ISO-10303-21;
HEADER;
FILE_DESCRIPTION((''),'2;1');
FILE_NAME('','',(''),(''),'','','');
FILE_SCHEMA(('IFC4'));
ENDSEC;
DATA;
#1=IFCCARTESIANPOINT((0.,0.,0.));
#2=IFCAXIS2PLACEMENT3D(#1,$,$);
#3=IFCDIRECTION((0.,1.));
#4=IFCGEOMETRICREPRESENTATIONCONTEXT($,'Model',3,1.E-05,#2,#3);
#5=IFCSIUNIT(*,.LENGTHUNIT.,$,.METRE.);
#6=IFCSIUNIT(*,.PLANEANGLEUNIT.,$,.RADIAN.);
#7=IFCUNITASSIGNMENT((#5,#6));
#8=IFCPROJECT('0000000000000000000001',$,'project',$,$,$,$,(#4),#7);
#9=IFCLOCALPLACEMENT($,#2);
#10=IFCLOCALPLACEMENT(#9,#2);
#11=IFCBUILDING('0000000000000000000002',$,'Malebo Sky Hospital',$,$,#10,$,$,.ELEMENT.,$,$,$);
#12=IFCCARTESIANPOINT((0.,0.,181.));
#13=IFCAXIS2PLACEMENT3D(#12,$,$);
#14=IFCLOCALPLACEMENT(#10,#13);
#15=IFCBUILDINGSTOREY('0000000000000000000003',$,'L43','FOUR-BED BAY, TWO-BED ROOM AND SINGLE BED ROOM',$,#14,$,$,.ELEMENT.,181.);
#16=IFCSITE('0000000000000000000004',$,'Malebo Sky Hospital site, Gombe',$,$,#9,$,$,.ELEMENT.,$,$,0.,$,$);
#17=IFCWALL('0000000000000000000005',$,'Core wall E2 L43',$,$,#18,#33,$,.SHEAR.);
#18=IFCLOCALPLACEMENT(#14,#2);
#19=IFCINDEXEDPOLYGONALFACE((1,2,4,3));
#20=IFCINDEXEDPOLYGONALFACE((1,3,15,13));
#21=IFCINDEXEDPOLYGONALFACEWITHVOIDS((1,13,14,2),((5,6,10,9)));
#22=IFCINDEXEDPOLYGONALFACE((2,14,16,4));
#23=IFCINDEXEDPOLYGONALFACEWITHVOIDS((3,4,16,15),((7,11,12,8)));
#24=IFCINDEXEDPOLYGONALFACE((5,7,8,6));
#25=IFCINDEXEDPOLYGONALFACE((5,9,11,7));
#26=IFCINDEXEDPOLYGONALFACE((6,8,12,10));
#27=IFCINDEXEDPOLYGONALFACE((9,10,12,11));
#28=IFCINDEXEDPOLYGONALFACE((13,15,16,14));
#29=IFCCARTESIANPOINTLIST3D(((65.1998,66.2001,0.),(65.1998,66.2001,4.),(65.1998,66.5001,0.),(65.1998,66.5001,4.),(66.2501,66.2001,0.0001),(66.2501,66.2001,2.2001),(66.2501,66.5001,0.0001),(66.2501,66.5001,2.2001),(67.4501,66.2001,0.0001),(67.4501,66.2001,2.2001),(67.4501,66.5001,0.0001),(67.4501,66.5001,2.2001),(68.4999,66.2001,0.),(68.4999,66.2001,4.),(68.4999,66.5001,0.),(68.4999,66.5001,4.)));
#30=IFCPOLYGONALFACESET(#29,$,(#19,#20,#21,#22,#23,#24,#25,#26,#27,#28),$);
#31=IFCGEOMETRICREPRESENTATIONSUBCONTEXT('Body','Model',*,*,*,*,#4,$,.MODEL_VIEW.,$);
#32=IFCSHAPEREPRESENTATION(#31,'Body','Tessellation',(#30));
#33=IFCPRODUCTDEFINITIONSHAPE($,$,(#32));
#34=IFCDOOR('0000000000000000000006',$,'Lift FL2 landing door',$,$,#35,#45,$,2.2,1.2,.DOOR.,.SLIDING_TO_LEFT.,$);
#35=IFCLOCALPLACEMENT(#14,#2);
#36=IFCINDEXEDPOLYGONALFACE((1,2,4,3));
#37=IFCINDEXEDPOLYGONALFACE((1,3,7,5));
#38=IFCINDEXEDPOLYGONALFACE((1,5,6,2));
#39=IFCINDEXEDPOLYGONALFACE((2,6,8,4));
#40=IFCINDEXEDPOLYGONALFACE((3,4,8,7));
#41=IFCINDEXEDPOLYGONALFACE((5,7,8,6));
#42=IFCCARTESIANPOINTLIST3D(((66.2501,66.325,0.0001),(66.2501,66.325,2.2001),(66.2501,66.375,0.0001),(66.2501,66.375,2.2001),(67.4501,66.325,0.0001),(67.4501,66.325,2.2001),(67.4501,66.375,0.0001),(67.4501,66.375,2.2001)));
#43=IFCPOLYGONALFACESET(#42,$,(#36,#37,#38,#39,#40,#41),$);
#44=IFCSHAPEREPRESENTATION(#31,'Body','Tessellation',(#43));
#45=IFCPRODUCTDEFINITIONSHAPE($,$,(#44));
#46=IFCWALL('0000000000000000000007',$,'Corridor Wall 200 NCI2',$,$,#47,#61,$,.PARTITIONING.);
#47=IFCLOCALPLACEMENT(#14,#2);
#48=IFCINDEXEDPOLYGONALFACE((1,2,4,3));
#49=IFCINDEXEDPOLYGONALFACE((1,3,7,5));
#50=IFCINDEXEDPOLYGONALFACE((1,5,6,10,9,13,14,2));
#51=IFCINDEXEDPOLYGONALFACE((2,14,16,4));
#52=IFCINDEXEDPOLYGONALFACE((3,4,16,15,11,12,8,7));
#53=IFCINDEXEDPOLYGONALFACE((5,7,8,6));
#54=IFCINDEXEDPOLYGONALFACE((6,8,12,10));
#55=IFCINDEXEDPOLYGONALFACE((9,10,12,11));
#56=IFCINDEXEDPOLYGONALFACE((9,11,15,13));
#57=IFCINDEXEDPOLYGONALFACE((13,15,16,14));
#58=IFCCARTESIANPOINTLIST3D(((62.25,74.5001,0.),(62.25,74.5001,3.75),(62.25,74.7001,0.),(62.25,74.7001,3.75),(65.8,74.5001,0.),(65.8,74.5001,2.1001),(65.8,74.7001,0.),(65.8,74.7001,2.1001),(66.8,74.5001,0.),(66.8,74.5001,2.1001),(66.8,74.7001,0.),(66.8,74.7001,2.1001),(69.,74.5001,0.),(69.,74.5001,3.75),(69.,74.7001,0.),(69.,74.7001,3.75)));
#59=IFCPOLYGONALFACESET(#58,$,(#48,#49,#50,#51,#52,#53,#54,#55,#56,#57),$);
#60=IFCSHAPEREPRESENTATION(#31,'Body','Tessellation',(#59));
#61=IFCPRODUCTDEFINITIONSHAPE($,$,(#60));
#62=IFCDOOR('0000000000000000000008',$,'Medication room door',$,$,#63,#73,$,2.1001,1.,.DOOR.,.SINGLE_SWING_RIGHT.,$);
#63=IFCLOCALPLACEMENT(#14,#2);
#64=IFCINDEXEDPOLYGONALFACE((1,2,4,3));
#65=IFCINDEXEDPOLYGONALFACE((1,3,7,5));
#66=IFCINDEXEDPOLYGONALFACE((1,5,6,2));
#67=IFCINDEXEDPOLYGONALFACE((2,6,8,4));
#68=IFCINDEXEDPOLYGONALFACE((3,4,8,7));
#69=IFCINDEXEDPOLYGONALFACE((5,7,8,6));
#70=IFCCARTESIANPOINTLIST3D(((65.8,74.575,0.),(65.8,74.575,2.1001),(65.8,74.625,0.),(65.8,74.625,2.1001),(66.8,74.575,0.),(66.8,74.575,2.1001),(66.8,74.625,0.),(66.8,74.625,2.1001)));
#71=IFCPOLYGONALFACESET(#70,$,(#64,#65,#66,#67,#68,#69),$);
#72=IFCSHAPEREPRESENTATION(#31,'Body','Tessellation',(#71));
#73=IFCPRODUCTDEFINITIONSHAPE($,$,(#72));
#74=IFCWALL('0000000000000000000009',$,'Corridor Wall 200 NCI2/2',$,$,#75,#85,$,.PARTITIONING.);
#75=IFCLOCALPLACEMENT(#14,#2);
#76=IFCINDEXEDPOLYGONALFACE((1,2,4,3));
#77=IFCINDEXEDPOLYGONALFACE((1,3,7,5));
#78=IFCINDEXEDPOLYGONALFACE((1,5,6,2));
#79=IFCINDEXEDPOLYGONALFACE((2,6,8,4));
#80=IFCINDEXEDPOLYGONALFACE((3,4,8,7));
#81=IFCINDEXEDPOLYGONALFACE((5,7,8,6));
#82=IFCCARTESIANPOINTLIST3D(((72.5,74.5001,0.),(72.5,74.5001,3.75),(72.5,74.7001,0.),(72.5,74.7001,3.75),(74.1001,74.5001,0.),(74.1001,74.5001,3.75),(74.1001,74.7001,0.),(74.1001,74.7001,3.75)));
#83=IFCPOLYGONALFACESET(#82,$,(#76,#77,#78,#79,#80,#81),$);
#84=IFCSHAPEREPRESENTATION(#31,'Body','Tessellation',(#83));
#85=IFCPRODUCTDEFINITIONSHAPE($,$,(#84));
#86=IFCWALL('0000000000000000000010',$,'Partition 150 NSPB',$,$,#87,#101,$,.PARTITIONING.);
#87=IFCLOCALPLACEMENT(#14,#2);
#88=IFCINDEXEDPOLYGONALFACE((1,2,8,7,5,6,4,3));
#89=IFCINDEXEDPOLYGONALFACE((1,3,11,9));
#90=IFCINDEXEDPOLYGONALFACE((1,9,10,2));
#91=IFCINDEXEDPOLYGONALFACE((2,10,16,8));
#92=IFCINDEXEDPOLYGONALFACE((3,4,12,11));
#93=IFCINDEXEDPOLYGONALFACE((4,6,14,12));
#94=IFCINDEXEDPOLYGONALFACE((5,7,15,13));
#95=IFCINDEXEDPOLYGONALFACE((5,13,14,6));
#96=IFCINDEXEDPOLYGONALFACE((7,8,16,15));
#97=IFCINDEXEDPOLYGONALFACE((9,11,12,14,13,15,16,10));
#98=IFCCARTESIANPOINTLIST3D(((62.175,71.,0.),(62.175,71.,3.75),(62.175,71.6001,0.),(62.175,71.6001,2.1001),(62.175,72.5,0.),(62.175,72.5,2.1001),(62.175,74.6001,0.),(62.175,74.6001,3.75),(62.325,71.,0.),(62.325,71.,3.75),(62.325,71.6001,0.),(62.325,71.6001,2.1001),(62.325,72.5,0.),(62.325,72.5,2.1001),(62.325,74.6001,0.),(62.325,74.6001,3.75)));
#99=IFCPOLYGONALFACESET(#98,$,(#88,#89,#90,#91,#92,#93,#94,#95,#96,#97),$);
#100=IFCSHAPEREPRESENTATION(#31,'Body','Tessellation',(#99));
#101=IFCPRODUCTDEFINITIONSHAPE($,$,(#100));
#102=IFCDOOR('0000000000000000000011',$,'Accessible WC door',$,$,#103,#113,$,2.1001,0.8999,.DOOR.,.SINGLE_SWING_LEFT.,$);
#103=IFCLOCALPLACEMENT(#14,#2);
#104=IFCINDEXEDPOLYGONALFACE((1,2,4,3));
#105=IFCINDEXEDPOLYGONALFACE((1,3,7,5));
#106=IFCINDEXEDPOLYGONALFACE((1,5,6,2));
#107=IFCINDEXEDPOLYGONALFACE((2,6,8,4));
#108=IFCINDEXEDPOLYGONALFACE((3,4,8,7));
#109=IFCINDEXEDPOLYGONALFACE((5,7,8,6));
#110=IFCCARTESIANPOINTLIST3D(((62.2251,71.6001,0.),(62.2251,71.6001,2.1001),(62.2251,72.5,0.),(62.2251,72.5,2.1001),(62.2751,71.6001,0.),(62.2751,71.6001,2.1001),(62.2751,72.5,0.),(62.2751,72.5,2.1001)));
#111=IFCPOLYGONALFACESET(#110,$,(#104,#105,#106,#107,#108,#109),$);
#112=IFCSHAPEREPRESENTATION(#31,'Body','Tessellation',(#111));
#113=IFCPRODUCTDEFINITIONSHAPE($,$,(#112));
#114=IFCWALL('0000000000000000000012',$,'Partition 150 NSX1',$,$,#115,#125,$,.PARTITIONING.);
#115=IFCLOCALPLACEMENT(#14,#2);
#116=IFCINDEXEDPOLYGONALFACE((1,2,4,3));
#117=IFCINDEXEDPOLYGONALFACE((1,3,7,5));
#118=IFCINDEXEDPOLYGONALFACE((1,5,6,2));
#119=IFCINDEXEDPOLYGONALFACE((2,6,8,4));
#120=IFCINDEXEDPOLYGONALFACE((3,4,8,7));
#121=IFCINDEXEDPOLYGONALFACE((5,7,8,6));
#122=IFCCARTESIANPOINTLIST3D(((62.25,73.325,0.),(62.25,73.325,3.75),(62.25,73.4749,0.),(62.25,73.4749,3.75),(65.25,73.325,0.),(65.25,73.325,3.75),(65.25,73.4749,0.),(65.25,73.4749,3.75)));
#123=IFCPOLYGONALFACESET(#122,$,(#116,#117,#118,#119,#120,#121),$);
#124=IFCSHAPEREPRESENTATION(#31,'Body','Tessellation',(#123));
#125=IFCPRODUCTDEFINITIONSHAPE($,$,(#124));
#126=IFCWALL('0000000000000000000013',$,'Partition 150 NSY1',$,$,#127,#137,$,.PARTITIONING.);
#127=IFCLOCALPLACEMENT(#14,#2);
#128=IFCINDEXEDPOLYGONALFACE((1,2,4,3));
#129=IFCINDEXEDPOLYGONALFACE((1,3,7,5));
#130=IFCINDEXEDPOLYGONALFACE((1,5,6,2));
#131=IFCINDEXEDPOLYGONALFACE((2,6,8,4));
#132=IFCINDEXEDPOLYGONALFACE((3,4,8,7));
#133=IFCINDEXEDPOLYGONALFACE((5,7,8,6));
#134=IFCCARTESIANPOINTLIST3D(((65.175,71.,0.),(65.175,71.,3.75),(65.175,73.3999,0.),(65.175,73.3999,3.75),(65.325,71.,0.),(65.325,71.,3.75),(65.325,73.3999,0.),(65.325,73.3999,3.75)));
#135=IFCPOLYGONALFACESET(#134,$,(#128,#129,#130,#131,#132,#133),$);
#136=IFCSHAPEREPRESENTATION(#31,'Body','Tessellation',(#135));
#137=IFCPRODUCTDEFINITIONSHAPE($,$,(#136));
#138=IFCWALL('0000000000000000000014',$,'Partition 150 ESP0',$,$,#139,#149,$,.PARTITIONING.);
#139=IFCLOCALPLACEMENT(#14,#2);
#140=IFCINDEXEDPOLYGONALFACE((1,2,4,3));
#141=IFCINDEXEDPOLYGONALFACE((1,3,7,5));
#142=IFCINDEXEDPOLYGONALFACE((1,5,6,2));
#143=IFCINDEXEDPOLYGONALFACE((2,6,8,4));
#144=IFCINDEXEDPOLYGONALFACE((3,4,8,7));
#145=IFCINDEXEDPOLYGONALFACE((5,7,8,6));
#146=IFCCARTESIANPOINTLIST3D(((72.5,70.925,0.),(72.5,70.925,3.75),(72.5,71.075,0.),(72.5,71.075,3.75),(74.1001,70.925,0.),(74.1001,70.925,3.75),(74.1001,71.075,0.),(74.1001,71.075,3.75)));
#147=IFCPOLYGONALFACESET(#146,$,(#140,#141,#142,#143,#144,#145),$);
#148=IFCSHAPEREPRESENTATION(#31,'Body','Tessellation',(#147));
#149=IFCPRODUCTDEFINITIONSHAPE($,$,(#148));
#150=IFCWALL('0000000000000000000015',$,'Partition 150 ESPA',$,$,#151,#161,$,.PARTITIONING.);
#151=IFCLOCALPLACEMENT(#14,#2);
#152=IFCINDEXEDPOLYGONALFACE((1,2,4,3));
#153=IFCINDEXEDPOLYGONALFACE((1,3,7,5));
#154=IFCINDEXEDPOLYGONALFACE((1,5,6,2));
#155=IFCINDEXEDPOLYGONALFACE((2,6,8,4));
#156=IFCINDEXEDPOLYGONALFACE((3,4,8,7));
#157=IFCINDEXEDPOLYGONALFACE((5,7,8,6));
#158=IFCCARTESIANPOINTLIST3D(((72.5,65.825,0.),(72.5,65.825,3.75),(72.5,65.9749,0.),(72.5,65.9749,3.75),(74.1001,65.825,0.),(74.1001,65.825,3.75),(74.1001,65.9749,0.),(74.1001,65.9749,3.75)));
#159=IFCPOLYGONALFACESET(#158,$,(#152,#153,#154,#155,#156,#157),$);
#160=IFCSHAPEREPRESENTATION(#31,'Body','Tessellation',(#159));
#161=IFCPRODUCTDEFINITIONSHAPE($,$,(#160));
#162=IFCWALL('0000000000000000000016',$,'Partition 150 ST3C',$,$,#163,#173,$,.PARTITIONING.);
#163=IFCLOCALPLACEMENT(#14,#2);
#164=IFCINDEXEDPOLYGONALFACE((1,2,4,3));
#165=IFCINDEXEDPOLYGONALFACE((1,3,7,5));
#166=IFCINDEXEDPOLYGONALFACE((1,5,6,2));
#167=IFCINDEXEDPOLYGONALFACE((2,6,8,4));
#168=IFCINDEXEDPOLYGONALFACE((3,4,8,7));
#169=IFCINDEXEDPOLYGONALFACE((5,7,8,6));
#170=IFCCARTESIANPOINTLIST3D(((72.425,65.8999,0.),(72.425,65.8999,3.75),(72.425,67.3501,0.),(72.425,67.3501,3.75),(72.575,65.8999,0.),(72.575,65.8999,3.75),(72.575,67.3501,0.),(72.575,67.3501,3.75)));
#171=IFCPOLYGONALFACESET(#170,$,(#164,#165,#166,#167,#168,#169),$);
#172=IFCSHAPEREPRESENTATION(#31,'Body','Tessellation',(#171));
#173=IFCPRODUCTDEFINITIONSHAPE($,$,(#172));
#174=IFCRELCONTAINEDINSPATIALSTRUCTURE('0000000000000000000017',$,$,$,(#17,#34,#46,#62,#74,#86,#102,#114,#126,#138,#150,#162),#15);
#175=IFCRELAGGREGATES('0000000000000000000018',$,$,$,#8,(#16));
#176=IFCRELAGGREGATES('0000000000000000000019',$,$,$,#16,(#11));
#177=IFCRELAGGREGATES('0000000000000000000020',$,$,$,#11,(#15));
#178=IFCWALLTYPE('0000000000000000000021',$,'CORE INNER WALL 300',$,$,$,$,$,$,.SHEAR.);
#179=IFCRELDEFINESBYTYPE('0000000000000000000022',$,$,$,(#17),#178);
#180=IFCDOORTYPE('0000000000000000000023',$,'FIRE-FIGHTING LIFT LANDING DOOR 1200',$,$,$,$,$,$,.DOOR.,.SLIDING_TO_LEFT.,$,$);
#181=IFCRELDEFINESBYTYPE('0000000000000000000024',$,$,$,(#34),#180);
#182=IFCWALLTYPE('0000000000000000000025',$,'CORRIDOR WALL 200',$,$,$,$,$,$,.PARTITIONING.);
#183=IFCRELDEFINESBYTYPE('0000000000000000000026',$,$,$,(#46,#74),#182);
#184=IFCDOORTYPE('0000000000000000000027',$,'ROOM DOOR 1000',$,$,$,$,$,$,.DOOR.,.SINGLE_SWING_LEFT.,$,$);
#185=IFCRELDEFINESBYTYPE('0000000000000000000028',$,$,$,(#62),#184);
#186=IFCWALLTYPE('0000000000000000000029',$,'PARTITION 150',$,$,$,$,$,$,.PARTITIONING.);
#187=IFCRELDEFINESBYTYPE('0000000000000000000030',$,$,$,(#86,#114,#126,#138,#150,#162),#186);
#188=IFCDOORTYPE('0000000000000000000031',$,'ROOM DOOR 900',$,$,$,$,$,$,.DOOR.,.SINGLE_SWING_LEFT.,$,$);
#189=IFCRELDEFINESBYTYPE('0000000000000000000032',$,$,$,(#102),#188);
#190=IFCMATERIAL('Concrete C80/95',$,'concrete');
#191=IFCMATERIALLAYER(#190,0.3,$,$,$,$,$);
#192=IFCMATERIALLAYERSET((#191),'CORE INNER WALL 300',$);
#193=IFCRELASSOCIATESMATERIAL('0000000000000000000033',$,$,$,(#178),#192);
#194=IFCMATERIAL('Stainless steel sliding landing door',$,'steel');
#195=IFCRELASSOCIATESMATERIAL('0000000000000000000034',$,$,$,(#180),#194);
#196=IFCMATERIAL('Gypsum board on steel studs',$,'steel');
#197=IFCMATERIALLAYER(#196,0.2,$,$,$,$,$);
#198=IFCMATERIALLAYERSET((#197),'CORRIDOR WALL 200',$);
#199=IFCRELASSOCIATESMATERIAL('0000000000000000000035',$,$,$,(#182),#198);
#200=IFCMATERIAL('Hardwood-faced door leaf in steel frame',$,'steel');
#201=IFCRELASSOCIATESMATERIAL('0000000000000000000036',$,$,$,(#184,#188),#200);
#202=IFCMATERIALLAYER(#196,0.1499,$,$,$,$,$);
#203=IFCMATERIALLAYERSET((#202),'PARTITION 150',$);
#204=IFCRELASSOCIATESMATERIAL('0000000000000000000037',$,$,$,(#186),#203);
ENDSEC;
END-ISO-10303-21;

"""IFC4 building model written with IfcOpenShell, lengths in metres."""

from ifc_helpers import new_model, si_unit, direction, frame, frame_2d, origin, place, context, subcontext, project, spatial, rectangle, extrude, material, layer, layer_set, type_object, element, fill, save


model = new_model("IFC4")

# Units and contexts
model_context = context("Model", 3, precision=1e-05, world=origin(), true_north=direction((0.0, 1.0)))
body_context = subcontext(model_context, "Body", "Model", "MODEL_VIEW")
ifc_project = project(units=[si_unit("LENGTHUNIT", "METRE"), si_unit("PLANEANGLEUNIT", "RADIAN")], contexts=[model_context])

# Site, building, storey
site_placement = place(None, origin())
site = spatial("IfcSite", under=ifc_project, at=site_placement, Name="Malebo Sky Hospital site, Gombe", CompositionType="ELEMENT", RefElevation=0.0)
building_placement = place(site_placement, origin())
building = spatial("IfcBuilding", under=site, at=building_placement, Name="Malebo Sky Hospital", CompositionType="ELEMENT")
storey_placement = place(building_placement, frame((0.0, 0.0, 181.0)))
storey = spatial("IfcBuildingStorey", under=building, at=storey_placement, Name="L43", Description="FOUR-BED BAY, TWO-BED ROOM AND SINGLE BED ROOM", CompositionType="ELEMENT", Elevation=181.0)

# Shared definitions
ifc_material_1 = material(Name="Concrete C80/95", Category="concrete")

# Walls, openings, doors
ifc_layer_1 = layer(ifc_material_1, 0.3)
ifc_layer_set_1 = layer_set([ifc_layer_1], Name="CORE INNER WALL 300")
wall_type_1 = type_object("IfcWallType", Name="CORE INNER WALL 300", PredefinedType="SHEAR", material=ifc_layer_set_1)
wall_1_placement = place(storey_placement, frame((65.2, 66.3501, 0.0), z_axis=(0.0, 0.0, 1.0), x_axis=(1.0, 0.0, 0.0)))
wall_1 = element("IfcWall", 1, at=wall_1_placement, inside=storey, type_object=wall_type_1, Name="Core wall E2 L43", PredefinedType="SHEAR", context=body_context, shape_type="SweptSolid", body=[
    extrude(rectangle(XDim=3.3, YDim=0.3, at=frame_2d((1.6499, 0.0))), origin(), (0.0, 0.0, 1.0), 4.0),
])
opening_1_placement = place(wall_1_placement, frame((1.05, 0.0, 0.0)))
opening_1 = element("IfcOpeningElement", 2, at=opening_1_placement, cuts=wall_1, PredefinedType="OPENING", context=body_context, shape_type="SweptSolid", body=[
    extrude(rectangle(XDim=1.2, YDim=2.2, at=frame_2d((0.6001, 1.1001))), frame((0.0, 0.1599, 0.0), z_axis=(0.0, -1.0, 0.0), x_axis=(1.0, 0.0, 0.0)), (0.0, 0.0, 1.0), 0.3201),
])
ifc_material_2 = material(Name="Stainless steel sliding landing door", Category="steel")
door_type_1 = type_object("IfcDoorType", Name="FIRE-FIGHTING LIFT LANDING DOOR 1200", OperationType="SLIDING_TO_LEFT", PredefinedType="DOOR", material=ifc_material_2)
door_1_placement = place(opening_1_placement, origin())
door_1 = element("IfcDoor", 3, at=door_1_placement, inside=storey, type_object=door_type_1, Name="Lift FL2 landing door", OperationType="SLIDING_TO_LEFT", OverallHeight=2.2, OverallWidth=1.2, PredefinedType="DOOR", context=body_context, shape_type="SweptSolid", body=[
    extrude(rectangle(XDim=1.2, YDim=2.2, at=frame_2d((0.6001, 1.1001))), frame((0.0, 0.0249, 0.0), z_axis=(0.0, -1.0, 0.0), x_axis=(1.0, 0.0, 0.0)), (0.0, 0.0, 1.0), 0.05),
])
fill(opening_1, door_1)
ifc_material_3 = material(Name="Gypsum board on steel studs", Category="steel")
ifc_layer_2 = layer(ifc_material_3, 0.2)
ifc_layer_set_2 = layer_set([ifc_layer_2], Name="CORRIDOR WALL 200")
wall_type_2 = type_object("IfcWallType", Name="CORRIDOR WALL 200", PredefinedType="PARTITIONING", material=ifc_layer_set_2)
wall_2_placement = place(storey_placement, frame((62.25, 74.6001, 0.0), z_axis=(0.0, 0.0, 1.0), x_axis=(1.0, 0.0, 0.0)))
wall_2 = element("IfcWall", 4, at=wall_2_placement, inside=storey, type_object=wall_type_2, Name="Corridor Wall 200 NCI2", PredefinedType="PARTITIONING", context=body_context, shape_type="SweptSolid", body=[
    extrude(rectangle(XDim=6.75, YDim=0.2, at=frame_2d((3.375, 0.0))), origin(), (0.0, 0.0, 1.0), 3.75),
])
opening_2_placement = place(wall_2_placement, frame((3.55, 0.0, 0.0)))
opening_2 = element("IfcOpeningElement", 5, at=opening_2_placement, cuts=wall_2, PredefinedType="OPENING", context=body_context, shape_type="SweptSolid", body=[
    extrude(rectangle(XDim=1.0, YDim=2.1001, at=frame_2d((0.5, 1.05))), frame((0.0, 0.1099, 0.0), z_axis=(0.0, -1.0, 0.0), x_axis=(1.0, 0.0, 0.0)), (0.0, 0.0, 1.0), 0.22),
])
ifc_material_4 = material(Name="Hardwood-faced door leaf in steel frame", Category="steel")
door_type_2 = type_object("IfcDoorType", Name="ROOM DOOR 1000", OperationType="SINGLE_SWING_LEFT", PredefinedType="DOOR", material=ifc_material_4)
door_2_placement = place(opening_2_placement, origin())
door_2 = element("IfcDoor", 6, at=door_2_placement, inside=storey, type_object=door_type_2, Name="Medication room door", OperationType="SINGLE_SWING_RIGHT", OverallHeight=2.1001, OverallWidth=1.0, PredefinedType="DOOR", context=body_context, shape_type="SweptSolid", body=[
    extrude(rectangle(XDim=1.0, YDim=2.1001, at=frame_2d((0.5, 1.05))), frame((0.0, 0.0249, 0.0), z_axis=(0.0, -1.0, 0.0), x_axis=(1.0, 0.0, 0.0)), (0.0, 0.0, 1.0), 0.05),
])
fill(opening_2, door_2)

# Wall
wall_3_placement = place(storey_placement, frame((72.5, 74.6001, 0.0), z_axis=(0.0, 0.0, 1.0), x_axis=(1.0, 0.0, 0.0)))
element("IfcWall", 7, at=wall_3_placement, inside=storey, type_object=wall_type_2, Name="Corridor Wall 200 NCI2/2", PredefinedType="PARTITIONING", context=body_context, shape_type="SweptSolid", body=[
    extrude(rectangle(XDim=1.6001, YDim=0.2, at=frame_2d((0.8, 0.0))), origin(), (0.0, 0.0, 1.0), 3.75),
])

# Wall, opening, door
ifc_layer_3 = layer(ifc_material_3, 0.1499)
ifc_layer_set_3 = layer_set([ifc_layer_3], Name="PARTITION 150")
wall_type_3 = type_object("IfcWallType", Name="PARTITION 150", PredefinedType="PARTITIONING", material=ifc_layer_set_3)
wall_4_placement = place(storey_placement, frame((62.25, 71.0, 0.0), z_axis=(0.0, 0.0, 1.0), x_axis=(0.0, 1.0, 0.0)))
wall_4 = element("IfcWall", 8, at=wall_4_placement, inside=storey, type_object=wall_type_3, Name="Partition 150 NSPB", PredefinedType="PARTITIONING", context=body_context, shape_type="SweptSolid", body=[
    extrude(rectangle(XDim=3.6001, YDim=0.1499, at=frame_2d((1.8, 0.0))), origin(), (0.0, 0.0, 1.0), 3.75),
])
opening_3_placement = place(wall_4_placement, frame((0.6001, 0.0, 0.0)))
opening_3 = element("IfcOpeningElement", 9, at=opening_3_placement, cuts=wall_4, PredefinedType="OPENING", context=body_context, shape_type="SweptSolid", body=[
    extrude(rectangle(XDim=0.8999, YDim=2.1001, at=frame_2d((0.45, 1.05))), frame((0.0, 0.085, 0.0), z_axis=(0.0, -1.0, 0.0), x_axis=(1.0, 0.0, 0.0)), (0.0, 0.0, 1.0), 0.1699),
])
door_type_3 = type_object("IfcDoorType", Name="ROOM DOOR 900", OperationType="SINGLE_SWING_LEFT", PredefinedType="DOOR", material=ifc_material_4)
door_3_placement = place(opening_3_placement, origin())
door_3 = element("IfcDoor", 10, at=door_3_placement, inside=storey, type_object=door_type_3, Name="Accessible WC door", OperationType="SINGLE_SWING_LEFT", OverallHeight=2.1001, OverallWidth=0.8999, PredefinedType="DOOR", context=body_context, shape_type="SweptSolid", body=[
    extrude(rectangle(XDim=0.8999, YDim=2.1001, at=frame_2d((0.45, 1.05))), frame((0.0, 0.0249, 0.0), z_axis=(0.0, -1.0, 0.0), x_axis=(1.0, 0.0, 0.0)), (0.0, 0.0, 1.0), 0.05),
])
fill(opening_3, door_3)

# Walls
wall_5_placement = place(storey_placement, frame((62.25, 73.3999, 0.0), z_axis=(0.0, 0.0, 1.0), x_axis=(1.0, 0.0, 0.0)))
element("IfcWall", 11, at=wall_5_placement, inside=storey, type_object=wall_type_3, Name="Partition 150 NSX1", PredefinedType="PARTITIONING", context=body_context, shape_type="SweptSolid", body=[
    extrude(rectangle(XDim=3.0, YDim=0.1499, at=frame_2d((1.5, 0.0))), origin(), (0.0, 0.0, 1.0), 3.75),
])
wall_6_placement = place(storey_placement, frame((65.25, 71.0, 0.0), z_axis=(0.0, 0.0, 1.0), x_axis=(0.0, 1.0, 0.0)))
element("IfcWall", 12, at=wall_6_placement, inside=storey, type_object=wall_type_3, Name="Partition 150 NSY1", PredefinedType="PARTITIONING", context=body_context, shape_type="SweptSolid", body=[
    extrude(rectangle(XDim=2.3999, YDim=0.1499, at=frame_2d((1.2, 0.0))), origin(), (0.0, 0.0, 1.0), 3.75),
])
for number, where, z_axis, x_axis, name in (
    (13, (72.5, 71.0, 0.0), (0.0, 0.0, 1.0), (1.0, 0.0, 0.0), "Partition 150 ESP0"),
    (14, (72.5, 65.8999, 0.0), (0.0, 0.0, 1.0), (1.0, 0.0, 0.0), "Partition 150 ESPA"),
):
    element("IfcWall", number, at=place(storey_placement, frame(where, z_axis=z_axis, x_axis=x_axis)), inside=storey, type_object=wall_type_3, Name=name, PredefinedType="PARTITIONING", context=body_context, shape_type="SweptSolid", body=[
        extrude(rectangle(XDim=1.6001, YDim=0.1499, at=frame_2d((0.8, 0.0))), origin(), (0.0, 0.0, 1.0), 3.75),
    ])
wall_7_placement = place(storey_placement, frame((72.5, 65.8999, 0.0), z_axis=(0.0, 0.0, 1.0), x_axis=(0.0, 1.0, 0.0)))
element("IfcWall", 15, at=wall_7_placement, inside=storey, type_object=wall_type_3, Name="Partition 150 ST3C", PredefinedType="PARTITIONING", context=body_context, shape_type="SweptSolid", body=[
    extrude(rectangle(XDim=1.4502, YDim=0.1499, at=frame_2d((0.7251, 0.0))), origin(), (0.0, 0.0, 1.0), 3.75),
])

save(model, "model.ifc")
